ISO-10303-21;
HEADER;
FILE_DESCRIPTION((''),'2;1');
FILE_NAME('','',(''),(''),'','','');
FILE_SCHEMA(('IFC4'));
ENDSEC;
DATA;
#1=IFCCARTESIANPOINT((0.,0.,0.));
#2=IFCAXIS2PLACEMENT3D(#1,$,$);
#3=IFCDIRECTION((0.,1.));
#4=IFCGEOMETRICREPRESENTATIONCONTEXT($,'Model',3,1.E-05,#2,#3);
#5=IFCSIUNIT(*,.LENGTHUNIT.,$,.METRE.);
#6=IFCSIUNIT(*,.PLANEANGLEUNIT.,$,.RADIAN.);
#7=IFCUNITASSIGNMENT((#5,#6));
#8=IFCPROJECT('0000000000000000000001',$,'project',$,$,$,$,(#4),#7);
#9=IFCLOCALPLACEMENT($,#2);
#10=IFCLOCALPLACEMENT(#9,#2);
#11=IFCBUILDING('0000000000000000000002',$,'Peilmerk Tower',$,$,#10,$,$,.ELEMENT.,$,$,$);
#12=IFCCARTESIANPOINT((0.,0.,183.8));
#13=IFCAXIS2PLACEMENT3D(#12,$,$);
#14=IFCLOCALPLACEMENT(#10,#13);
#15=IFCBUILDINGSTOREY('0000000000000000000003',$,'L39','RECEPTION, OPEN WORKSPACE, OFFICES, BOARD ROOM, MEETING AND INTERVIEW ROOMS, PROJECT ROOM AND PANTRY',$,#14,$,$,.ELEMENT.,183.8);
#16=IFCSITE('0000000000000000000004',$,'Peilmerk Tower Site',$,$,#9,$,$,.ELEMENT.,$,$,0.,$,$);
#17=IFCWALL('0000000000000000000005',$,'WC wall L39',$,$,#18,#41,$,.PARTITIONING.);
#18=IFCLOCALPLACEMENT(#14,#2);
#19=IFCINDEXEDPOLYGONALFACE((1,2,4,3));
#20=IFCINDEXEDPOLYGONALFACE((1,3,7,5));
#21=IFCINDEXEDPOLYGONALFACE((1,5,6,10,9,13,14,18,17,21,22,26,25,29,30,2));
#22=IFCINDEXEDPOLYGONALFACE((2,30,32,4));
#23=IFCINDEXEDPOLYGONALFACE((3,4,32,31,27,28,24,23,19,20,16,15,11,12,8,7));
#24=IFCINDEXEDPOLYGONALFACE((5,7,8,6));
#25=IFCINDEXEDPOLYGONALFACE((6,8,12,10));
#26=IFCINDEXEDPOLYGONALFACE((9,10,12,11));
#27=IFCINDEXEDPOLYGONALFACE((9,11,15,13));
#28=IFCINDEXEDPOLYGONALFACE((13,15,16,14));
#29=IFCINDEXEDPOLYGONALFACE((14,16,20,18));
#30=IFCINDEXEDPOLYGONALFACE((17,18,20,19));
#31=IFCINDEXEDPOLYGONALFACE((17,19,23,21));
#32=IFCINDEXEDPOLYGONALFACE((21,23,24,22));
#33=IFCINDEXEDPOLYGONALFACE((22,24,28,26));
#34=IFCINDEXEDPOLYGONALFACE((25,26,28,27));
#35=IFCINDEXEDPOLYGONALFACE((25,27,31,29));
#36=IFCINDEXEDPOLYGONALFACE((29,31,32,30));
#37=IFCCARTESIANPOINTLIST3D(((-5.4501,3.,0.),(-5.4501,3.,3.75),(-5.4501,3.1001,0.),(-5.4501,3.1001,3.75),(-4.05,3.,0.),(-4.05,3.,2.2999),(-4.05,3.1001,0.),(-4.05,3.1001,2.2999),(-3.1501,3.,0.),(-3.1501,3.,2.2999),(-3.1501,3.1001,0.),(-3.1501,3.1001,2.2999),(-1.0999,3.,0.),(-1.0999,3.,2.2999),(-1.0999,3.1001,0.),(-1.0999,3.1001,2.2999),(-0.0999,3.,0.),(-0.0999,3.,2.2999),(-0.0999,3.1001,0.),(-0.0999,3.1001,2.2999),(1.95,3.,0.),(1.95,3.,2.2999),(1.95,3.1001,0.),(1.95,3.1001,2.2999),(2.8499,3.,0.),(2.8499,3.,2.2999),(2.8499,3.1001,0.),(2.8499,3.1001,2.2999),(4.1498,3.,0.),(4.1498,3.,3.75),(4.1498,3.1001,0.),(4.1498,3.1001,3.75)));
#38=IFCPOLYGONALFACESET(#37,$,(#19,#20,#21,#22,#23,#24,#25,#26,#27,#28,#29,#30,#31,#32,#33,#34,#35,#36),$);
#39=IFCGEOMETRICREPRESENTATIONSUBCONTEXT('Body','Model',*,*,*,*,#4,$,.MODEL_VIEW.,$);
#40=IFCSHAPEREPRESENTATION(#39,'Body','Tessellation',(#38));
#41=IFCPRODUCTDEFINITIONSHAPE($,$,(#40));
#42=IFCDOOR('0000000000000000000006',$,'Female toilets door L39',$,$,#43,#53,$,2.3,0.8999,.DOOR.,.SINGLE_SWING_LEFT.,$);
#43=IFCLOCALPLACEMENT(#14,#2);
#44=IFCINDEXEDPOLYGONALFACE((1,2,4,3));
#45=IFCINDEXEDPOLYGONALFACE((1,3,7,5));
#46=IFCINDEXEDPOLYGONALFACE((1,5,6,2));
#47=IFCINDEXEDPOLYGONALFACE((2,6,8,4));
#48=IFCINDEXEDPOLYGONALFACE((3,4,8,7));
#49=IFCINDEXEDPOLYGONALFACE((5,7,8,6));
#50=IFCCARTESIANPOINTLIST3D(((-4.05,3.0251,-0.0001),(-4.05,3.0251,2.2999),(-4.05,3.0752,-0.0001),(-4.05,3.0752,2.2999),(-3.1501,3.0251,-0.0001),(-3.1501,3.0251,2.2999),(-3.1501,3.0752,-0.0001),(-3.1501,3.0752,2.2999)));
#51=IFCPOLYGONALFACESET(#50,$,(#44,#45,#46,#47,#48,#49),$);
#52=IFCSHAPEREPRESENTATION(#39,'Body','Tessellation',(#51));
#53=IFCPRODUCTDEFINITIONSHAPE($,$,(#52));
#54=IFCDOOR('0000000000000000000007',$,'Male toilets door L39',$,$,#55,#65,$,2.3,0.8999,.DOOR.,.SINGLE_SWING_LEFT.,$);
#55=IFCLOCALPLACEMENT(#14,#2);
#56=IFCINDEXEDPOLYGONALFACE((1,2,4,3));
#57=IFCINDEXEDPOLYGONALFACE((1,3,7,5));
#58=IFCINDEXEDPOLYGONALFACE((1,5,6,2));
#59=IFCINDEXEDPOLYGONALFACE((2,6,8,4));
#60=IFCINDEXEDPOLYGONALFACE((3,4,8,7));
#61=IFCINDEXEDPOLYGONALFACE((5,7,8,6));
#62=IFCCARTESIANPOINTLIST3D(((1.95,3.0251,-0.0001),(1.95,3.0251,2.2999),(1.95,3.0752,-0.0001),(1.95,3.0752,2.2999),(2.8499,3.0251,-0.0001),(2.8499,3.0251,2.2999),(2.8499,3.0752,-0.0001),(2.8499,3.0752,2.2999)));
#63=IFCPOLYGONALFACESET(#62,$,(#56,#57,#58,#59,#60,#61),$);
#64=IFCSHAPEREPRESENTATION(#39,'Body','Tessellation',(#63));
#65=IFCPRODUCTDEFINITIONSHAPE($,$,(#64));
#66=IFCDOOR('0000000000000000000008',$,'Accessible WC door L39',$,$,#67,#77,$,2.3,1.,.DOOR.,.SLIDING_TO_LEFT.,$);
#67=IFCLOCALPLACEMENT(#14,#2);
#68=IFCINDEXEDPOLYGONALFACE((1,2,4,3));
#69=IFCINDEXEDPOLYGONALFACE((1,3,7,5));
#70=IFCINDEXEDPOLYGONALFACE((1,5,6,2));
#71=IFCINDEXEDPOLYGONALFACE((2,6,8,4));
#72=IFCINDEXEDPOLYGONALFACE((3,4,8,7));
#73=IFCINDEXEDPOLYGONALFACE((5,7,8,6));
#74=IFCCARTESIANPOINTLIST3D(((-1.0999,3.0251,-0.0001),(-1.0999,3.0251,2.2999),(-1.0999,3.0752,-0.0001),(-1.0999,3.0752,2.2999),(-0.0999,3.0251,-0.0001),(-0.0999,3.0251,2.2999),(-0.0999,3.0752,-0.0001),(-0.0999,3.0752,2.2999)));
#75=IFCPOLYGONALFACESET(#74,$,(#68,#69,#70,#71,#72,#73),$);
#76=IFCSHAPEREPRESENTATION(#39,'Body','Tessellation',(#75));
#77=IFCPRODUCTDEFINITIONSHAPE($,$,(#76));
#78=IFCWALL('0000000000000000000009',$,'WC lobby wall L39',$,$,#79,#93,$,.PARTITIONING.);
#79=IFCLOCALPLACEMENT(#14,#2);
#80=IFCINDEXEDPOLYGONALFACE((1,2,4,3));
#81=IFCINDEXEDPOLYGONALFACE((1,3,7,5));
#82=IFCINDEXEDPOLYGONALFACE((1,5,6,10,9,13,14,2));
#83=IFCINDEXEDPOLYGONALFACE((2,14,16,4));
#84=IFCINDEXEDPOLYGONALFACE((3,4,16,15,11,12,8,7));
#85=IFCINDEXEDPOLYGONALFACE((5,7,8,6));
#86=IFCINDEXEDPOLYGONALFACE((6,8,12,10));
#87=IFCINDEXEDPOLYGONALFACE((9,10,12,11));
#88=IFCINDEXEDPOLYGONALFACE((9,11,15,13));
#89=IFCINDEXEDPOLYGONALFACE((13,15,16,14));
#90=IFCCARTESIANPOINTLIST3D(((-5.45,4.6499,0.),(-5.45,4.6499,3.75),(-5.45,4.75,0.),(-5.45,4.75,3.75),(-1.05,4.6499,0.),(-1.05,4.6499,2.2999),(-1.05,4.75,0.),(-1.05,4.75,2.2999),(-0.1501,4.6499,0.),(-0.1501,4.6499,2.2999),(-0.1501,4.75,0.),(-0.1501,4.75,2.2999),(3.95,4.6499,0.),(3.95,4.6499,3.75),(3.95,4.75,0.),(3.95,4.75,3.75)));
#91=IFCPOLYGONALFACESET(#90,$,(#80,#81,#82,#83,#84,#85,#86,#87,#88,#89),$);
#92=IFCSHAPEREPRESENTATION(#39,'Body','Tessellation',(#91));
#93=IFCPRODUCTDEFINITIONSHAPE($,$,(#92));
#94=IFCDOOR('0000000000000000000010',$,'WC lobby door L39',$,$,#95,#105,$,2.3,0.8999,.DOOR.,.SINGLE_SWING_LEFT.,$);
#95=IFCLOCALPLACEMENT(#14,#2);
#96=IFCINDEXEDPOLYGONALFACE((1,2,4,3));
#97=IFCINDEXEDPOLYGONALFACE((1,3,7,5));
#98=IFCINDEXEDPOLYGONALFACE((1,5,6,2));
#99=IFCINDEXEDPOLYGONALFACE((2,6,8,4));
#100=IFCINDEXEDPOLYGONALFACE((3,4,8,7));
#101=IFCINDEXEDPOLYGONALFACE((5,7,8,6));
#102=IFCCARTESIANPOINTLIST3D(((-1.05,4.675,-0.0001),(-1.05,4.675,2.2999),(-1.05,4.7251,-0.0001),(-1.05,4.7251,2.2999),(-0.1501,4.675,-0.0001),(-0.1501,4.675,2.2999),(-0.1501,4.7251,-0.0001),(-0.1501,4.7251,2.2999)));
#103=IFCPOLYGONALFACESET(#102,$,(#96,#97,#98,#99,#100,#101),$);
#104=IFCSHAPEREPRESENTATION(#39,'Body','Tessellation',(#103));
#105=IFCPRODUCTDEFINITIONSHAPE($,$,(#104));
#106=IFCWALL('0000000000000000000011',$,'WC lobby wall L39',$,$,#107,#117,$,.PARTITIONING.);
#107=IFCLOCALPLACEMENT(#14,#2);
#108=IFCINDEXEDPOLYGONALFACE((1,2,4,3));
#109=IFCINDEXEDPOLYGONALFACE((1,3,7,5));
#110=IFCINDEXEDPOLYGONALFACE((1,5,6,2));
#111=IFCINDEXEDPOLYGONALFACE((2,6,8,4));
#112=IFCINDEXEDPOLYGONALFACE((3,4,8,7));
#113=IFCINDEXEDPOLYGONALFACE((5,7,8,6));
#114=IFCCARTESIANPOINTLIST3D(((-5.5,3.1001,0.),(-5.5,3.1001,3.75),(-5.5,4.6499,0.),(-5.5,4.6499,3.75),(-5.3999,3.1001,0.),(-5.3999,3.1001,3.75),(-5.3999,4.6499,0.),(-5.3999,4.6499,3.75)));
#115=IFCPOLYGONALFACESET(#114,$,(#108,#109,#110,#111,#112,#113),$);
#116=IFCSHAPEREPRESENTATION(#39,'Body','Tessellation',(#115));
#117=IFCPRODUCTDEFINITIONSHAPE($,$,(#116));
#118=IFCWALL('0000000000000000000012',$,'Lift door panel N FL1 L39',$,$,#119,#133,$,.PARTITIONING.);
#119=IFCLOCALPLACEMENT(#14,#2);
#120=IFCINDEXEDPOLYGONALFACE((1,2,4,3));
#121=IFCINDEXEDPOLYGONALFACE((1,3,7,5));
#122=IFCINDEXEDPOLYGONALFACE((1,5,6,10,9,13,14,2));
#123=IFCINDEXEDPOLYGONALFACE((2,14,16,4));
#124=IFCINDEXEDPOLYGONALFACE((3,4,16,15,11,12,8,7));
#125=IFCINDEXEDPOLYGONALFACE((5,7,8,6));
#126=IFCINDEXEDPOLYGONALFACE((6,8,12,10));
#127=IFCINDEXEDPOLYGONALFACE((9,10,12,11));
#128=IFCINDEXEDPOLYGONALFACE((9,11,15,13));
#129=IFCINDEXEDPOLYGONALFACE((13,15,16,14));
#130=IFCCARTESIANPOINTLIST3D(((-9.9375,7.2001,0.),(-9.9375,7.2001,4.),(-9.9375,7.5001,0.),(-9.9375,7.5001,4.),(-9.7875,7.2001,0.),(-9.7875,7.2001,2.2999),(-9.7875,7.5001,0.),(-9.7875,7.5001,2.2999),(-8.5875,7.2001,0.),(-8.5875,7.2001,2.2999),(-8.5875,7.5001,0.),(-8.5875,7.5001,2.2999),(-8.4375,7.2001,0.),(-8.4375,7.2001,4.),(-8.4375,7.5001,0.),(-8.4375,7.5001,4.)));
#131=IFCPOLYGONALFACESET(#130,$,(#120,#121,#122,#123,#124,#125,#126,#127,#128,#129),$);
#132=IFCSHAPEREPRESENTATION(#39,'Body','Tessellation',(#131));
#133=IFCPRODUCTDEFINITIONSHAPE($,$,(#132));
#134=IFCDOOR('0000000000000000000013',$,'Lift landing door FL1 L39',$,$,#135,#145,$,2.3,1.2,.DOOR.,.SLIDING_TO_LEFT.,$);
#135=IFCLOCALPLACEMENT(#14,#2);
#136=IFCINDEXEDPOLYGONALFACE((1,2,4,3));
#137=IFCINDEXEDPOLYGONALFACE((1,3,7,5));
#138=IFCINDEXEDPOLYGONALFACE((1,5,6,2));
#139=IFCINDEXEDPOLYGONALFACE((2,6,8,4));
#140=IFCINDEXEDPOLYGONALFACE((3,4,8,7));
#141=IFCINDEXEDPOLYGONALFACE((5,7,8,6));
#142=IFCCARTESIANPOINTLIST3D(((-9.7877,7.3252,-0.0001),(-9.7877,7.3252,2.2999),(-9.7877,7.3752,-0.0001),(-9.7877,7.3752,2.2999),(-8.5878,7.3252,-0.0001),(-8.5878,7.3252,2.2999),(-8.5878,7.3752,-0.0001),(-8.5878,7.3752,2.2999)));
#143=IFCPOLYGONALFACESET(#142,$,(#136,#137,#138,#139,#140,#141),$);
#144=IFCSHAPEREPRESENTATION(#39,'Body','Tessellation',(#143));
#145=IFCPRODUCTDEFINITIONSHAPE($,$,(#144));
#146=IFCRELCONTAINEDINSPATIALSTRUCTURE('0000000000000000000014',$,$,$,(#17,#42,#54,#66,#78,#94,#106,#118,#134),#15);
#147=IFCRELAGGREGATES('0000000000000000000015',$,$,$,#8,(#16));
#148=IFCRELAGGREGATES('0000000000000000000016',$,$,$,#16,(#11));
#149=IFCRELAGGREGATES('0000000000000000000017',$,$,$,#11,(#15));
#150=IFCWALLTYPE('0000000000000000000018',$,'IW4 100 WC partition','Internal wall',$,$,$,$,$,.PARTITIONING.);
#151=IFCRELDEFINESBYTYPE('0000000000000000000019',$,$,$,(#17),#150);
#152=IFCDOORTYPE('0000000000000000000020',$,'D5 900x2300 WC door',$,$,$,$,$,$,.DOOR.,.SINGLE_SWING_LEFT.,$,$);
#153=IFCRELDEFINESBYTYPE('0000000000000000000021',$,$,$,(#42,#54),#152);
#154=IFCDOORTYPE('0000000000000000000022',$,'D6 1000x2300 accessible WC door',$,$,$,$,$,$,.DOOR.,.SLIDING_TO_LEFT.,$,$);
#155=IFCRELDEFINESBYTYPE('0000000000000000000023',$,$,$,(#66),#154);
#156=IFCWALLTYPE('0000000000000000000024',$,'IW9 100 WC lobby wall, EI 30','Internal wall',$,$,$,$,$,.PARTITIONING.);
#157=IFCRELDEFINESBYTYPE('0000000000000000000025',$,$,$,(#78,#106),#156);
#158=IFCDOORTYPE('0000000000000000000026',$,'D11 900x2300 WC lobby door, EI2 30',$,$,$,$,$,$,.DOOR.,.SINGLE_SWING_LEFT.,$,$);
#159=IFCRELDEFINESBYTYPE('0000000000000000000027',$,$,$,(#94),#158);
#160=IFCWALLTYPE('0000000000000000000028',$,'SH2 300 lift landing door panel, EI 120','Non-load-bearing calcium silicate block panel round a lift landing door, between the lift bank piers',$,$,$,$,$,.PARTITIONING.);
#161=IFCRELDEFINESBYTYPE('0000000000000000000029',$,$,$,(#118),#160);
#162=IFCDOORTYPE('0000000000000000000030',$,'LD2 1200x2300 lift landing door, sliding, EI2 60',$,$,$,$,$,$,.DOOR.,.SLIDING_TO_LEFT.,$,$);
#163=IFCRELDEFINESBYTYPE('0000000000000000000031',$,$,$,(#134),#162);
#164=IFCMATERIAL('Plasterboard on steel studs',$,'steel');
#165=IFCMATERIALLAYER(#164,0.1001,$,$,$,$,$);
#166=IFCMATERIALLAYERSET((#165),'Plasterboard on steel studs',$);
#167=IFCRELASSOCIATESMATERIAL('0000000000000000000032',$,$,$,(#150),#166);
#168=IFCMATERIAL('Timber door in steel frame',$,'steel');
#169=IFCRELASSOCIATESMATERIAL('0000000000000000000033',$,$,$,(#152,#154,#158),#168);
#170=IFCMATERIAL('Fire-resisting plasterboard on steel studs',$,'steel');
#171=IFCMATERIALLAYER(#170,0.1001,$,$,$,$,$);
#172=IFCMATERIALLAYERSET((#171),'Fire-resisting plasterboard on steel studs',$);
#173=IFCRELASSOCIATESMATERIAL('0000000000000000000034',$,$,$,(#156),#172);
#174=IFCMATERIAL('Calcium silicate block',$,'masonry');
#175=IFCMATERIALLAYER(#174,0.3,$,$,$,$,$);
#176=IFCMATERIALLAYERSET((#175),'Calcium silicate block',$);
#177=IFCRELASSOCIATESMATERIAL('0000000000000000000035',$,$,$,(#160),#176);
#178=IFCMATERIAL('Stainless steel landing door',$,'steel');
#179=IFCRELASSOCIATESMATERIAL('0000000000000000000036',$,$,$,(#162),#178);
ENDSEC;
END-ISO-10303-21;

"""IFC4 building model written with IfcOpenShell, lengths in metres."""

from ifc_helpers import new_model, si_unit, direction, frame, frame_2d, origin, place, context, subcontext, project, spatial, rectangle, extrude, material, layer, layer_set, type_object, element, fill, save


model = new_model("IFC4")

# Units and contexts
model_context = context("Model", 3, precision=1e-05, world=origin(), true_north=direction((0.0, 1.0)))
body_context = subcontext(model_context, "Body", "Model", "MODEL_VIEW")
ifc_project = project(units=[si_unit("LENGTHUNIT", "METRE"), si_unit("PLANEANGLEUNIT", "RADIAN")], contexts=[model_context])

# Site, building, storey
site_placement = place(None, origin())
site = spatial("IfcSite", under=ifc_project, at=site_placement, Name="Peilmerk Tower Site", CompositionType="ELEMENT", RefElevation=0.0)
building_placement = place(site_placement, origin())
building = spatial("IfcBuilding", under=site, at=building_placement, Name="Peilmerk Tower", CompositionType="ELEMENT")
storey_placement = place(building_placement, frame((0.0, 0.0, 183.8)))
storey = spatial("IfcBuildingStorey", under=building, at=storey_placement, Name="L39", Description="RECEPTION, OPEN WORKSPACE, OFFICES, BOARD ROOM, MEETING AND INTERVIEW ROOMS, PROJECT ROOM AND PANTRY", CompositionType="ELEMENT", Elevation=183.8)

# Wall, openings, doors
ifc_material_1 = material(Name="Plasterboard on steel studs", Category="steel")
ifc_layer_1 = layer(ifc_material_1, 0.1001)
ifc_layer_set_1 = layer_set([ifc_layer_1], Name="Plasterboard on steel studs")
wall_type_1 = type_object("IfcWallType", Name="IW4 100 WC partition", Description="Internal wall", PredefinedType="PARTITIONING", material=ifc_layer_set_1)
wall_1_placement = place(storey_placement, frame((-5.45, 3.05, 0.0), z_axis=(0.0, 0.0, 1.0), x_axis=(1.0, 0.0, 0.0)))
wall_1 = element("IfcWall", 1, at=wall_1_placement, inside=storey, type_object=wall_type_1, Name="WC wall L39", PredefinedType="PARTITIONING", context=body_context, shape_type="SweptSolid", body=[
    extrude(rectangle(XDim=9.5999, YDim=0.1001, at=frame_2d((4.7998, 0.0))), origin(), (0.0, 0.0, 1.0), 3.75),
])
opening_1_placement = place(wall_1_placement, frame((1.3999, 0.0, 0.0)))
opening_1 = element("IfcOpeningElement", 2, at=opening_1_placement, cuts=wall_1, PredefinedType="OPENING", context=body_context, shape_type="SweptSolid", body=[
    extrude(rectangle(XDim=0.8999, YDim=2.3, at=frame_2d((0.45, 1.1499))), frame((0.0, 0.0601, 0.0), z_axis=(0.0, -1.0, 0.0), x_axis=(1.0, 0.0, 0.0)), (0.0, 0.0, 1.0), 0.1201),
])
opening_2_placement = place(wall_1_placement, frame((4.3501, 0.0, 0.0)))
opening_2 = element("IfcOpeningElement", 3, at=opening_2_placement, cuts=wall_1, PredefinedType="OPENING", context=body_context, shape_type="SweptSolid", body=[
    extrude(rectangle(XDim=1.0, YDim=2.3, at=frame_2d((0.5, 1.1499))), frame((0.0, 0.0601, 0.0), z_axis=(0.0, -1.0, 0.0), x_axis=(1.0, 0.0, 0.0)), (0.0, 0.0, 1.0), 0.1201),
])
opening_3_placement = place(wall_1_placement, frame((7.3999, 0.0, 0.0)))
opening_3 = element("IfcOpeningElement", 4, at=opening_3_placement, cuts=wall_1, PredefinedType="OPENING", context=body_context, shape_type="SweptSolid", body=[
    extrude(rectangle(XDim=0.8999, YDim=2.3, at=frame_2d((0.45, 1.1499))), frame((0.0, 0.0601, 0.0), z_axis=(0.0, -1.0, 0.0), x_axis=(1.0, 0.0, 0.0)), (0.0, 0.0, 1.0), 0.1201),
])
ifc_material_2 = material(Name="Timber door in steel frame", Category="steel")
door_type_1 = type_object("IfcDoorType", Name="D5 900x2300 WC door", OperationType="SINGLE_SWING_LEFT", PredefinedType="DOOR", material=ifc_material_2)
door_1_placement = place(opening_1_placement, frame((0.8999, 0.0, 0.0), z_axis=(0.0, 0.0, 1.0), x_axis=(-1.0, 0.0, 0.0)))
door_1 = element("IfcDoor", 5, at=door_1_placement, inside=storey, type_object=door_type_1, Name="Female toilets door L39", OperationType="SINGLE_SWING_LEFT", OverallHeight=2.3, OverallWidth=0.8999, PredefinedType="DOOR", context=body_context, shape_type="SweptSolid", body=[
    extrude(rectangle(XDim=0.8999, YDim=2.3, at=frame_2d((0.45, 1.1499))), frame((0.0, 0.0249, 0.0), z_axis=(0.0, -1.0, 0.0), x_axis=(1.0, 0.0, 0.0)), (0.0, 0.0, 1.0), 0.05),
])
fill(opening_1, door_1)
door_2_placement = place(opening_3_placement, frame((0.8999, 0.0, 0.0), z_axis=(0.0, 0.0, 1.0), x_axis=(-1.0, 0.0, 0.0)))
door_2 = element("IfcDoor", 6, at=door_2_placement, inside=storey, type_object=door_type_1, Name="Male toilets door L39", OperationType="SINGLE_SWING_LEFT", OverallHeight=2.3, OverallWidth=0.8999, PredefinedType="DOOR", context=body_context, shape_type="SweptSolid", body=[
    extrude(rectangle(XDim=0.8999, YDim=2.3, at=frame_2d((0.45, 1.1499))), frame((0.0, 0.0249, 0.0), z_axis=(0.0, -1.0, 0.0), x_axis=(1.0, 0.0, 0.0)), (0.0, 0.0, 1.0), 0.05),
])
fill(opening_3, door_2)
door_type_2 = type_object("IfcDoorType", Name="D6 1000x2300 accessible WC door", OperationType="SLIDING_TO_LEFT", PredefinedType="DOOR", material=ifc_material_2)
door_3_placement = place(opening_2_placement, frame((1.0, 0.0, 0.0), z_axis=(0.0, 0.0, 1.0), x_axis=(-1.0, 0.0, 0.0)))
door_3 = element("IfcDoor", 7, at=door_3_placement, inside=storey, type_object=door_type_2, Name="Accessible WC door L39", OperationType="SLIDING_TO_LEFT", OverallHeight=2.3, OverallWidth=1.0, PredefinedType="DOOR", context=body_context, shape_type="SweptSolid", body=[
    extrude(rectangle(XDim=1.0, YDim=2.3, at=frame_2d((0.5, 1.1499))), frame((0.0, 0.0249, 0.0), z_axis=(0.0, -1.0, 0.0), x_axis=(1.0, 0.0, 0.0)), (0.0, 0.0, 1.0), 0.05),
])
fill(opening_2, door_3)

# Wall, opening, door
ifc_material_3 = material(Name="Fire-resisting plasterboard on steel studs", Category="steel")
ifc_layer_2 = layer(ifc_material_3, 0.1001)
ifc_layer_set_2 = layer_set([ifc_layer_2], Name="Fire-resisting plasterboard on steel studs")
wall_type_2 = type_object("IfcWallType", Name="IW9 100 WC lobby wall, EI 30", Description="Internal wall", PredefinedType="PARTITIONING", material=ifc_layer_set_2)
wall_2_placement = place(storey_placement, frame((-5.45, 4.7, 0.0), z_axis=(0.0, 0.0, 1.0), x_axis=(1.0, 0.0, 0.0)))
wall_2 = element("IfcWall", 8, at=wall_2_placement, inside=storey, type_object=wall_type_2, Name="WC lobby wall L39", PredefinedType="PARTITIONING", context=body_context, shape_type="SweptSolid", body=[
    extrude(rectangle(XDim=9.3999, YDim=0.1001, at=frame_2d((4.7, 0.0))), origin(), (0.0, 0.0, 1.0), 3.75),
])
opening_4_placement = place(wall_2_placement, frame((4.3999, 0.0, 0.0)))
opening_4 = element("IfcOpeningElement", 9, at=opening_4_placement, cuts=wall_2, PredefinedType="OPENING", context=body_context, shape_type="SweptSolid", body=[
    extrude(rectangle(XDim=0.8999, YDim=2.3, at=frame_2d((0.45, 1.1499))), frame((0.0, 0.0601, 0.0), z_axis=(0.0, -1.0, 0.0), x_axis=(1.0, 0.0, 0.0)), (0.0, 0.0, 1.0), 0.1201),
])
door_type_3 = type_object("IfcDoorType", Name="D11 900x2300 WC lobby door, EI2 30", OperationType="SINGLE_SWING_LEFT", PredefinedType="DOOR", material=ifc_material_2)
door_4_placement = place(opening_4_placement, frame((0.8999, 0.0, 0.0), z_axis=(0.0, 0.0, 1.0), x_axis=(-1.0, 0.0, 0.0)))
door_4 = element("IfcDoor", 10, at=door_4_placement, inside=storey, type_object=door_type_3, Name="WC lobby door L39", OperationType="SINGLE_SWING_LEFT", OverallHeight=2.3, OverallWidth=0.8999, PredefinedType="DOOR", context=body_context, shape_type="SweptSolid", body=[
    extrude(rectangle(XDim=0.8999, YDim=2.3, at=frame_2d((0.45, 1.1499))), frame((0.0, 0.0249, 0.0), z_axis=(0.0, -1.0, 0.0), x_axis=(1.0, 0.0, 0.0)), (0.0, 0.0, 1.0), 0.05),
])
fill(opening_4, door_4)

# Wall
wall_3_placement = place(storey_placement, frame((-5.45, 3.1001, 0.0), z_axis=(0.0, 0.0, 1.0), x_axis=(0.0, 1.0, 0.0)))
element("IfcWall", 11, at=wall_3_placement, inside=storey, type_object=wall_type_2, Name="WC lobby wall L39", PredefinedType="PARTITIONING", context=body_context, shape_type="SweptSolid", body=[
    extrude(rectangle(XDim=1.5498, YDim=0.1001, at=frame_2d((0.7749, 0.0))), origin(), (0.0, 0.0, 1.0), 3.75),
])

# Wall, opening, door
ifc_material_4 = material(Name="Calcium silicate block", Category="masonry")
ifc_layer_3 = layer(ifc_material_4, 0.3)
ifc_layer_set_3 = layer_set([ifc_layer_3], Name="Calcium silicate block")
wall_type_3 = type_object("IfcWallType", Name="SH2 300 lift landing door panel, EI 120", Description="Non-load-bearing calcium silicate block panel round a lift landing door, between the lift bank piers", PredefinedType="PARTITIONING", material=ifc_layer_set_3)
wall_4_placement = place(storey_placement, frame((-9.9375, 7.3501, 0.0), z_axis=(0.0, 0.0, 1.0), x_axis=(1.0, 0.0, 0.0)))
wall_4 = element("IfcWall", 12, at=wall_4_placement, inside=storey, type_object=wall_type_3, Name="Lift door panel N FL1 L39", PredefinedType="PARTITIONING", context=body_context, shape_type="SweptSolid", body=[
    extrude(rectangle(XDim=1.5, YDim=0.3, at=frame_2d((0.75, 0.0))), origin(), (0.0, 0.0, 1.0), 4.0),
])
opening_5_placement = place(wall_4_placement, frame((0.1499, 0.0, 0.0)))
opening_5 = element("IfcOpeningElement", 13, at=opening_5_placement, cuts=wall_4, PredefinedType="OPENING", context=body_context, shape_type="SweptSolid", body=[
    extrude(rectangle(XDim=1.2, YDim=2.3, at=frame_2d((0.6001, 1.1499))), frame((0.0, 0.1599, 0.0), z_axis=(0.0, -1.0, 0.0), x_axis=(1.0, 0.0, 0.0)), (0.0, 0.0, 1.0), 0.3201),
])
ifc_material_5 = material(Name="Stainless steel landing door", Category="steel")
door_type_4 = type_object("IfcDoorType", Name="LD2 1200x2300 lift landing door, sliding, EI2 60", OperationType="SLIDING_TO_LEFT", PredefinedType="DOOR", material=ifc_material_5)
door_5_placement = place(opening_5_placement, frame((1.2, 0.0, 0.0), z_axis=(0.0, 0.0, 1.0), x_axis=(-1.0, 0.0, 0.0)))
door_5 = element("IfcDoor", 14, at=door_5_placement, inside=storey, type_object=door_type_4, Name="Lift landing door FL1 L39", OperationType="SLIDING_TO_LEFT", OverallHeight=2.3, OverallWidth=1.2, PredefinedType="DOOR", context=body_context, shape_type="SweptSolid", body=[
    extrude(rectangle(XDim=1.2, YDim=2.3, at=frame_2d((0.6001, 1.1499))), frame((0.0, 0.0249, 0.0), z_axis=(0.0, -1.0, 0.0), x_axis=(1.0, 0.0, 0.0)), (0.0, 0.0, 1.0), 0.05),
])
fill(opening_5, door_5)

save(model, "model.ifc")
